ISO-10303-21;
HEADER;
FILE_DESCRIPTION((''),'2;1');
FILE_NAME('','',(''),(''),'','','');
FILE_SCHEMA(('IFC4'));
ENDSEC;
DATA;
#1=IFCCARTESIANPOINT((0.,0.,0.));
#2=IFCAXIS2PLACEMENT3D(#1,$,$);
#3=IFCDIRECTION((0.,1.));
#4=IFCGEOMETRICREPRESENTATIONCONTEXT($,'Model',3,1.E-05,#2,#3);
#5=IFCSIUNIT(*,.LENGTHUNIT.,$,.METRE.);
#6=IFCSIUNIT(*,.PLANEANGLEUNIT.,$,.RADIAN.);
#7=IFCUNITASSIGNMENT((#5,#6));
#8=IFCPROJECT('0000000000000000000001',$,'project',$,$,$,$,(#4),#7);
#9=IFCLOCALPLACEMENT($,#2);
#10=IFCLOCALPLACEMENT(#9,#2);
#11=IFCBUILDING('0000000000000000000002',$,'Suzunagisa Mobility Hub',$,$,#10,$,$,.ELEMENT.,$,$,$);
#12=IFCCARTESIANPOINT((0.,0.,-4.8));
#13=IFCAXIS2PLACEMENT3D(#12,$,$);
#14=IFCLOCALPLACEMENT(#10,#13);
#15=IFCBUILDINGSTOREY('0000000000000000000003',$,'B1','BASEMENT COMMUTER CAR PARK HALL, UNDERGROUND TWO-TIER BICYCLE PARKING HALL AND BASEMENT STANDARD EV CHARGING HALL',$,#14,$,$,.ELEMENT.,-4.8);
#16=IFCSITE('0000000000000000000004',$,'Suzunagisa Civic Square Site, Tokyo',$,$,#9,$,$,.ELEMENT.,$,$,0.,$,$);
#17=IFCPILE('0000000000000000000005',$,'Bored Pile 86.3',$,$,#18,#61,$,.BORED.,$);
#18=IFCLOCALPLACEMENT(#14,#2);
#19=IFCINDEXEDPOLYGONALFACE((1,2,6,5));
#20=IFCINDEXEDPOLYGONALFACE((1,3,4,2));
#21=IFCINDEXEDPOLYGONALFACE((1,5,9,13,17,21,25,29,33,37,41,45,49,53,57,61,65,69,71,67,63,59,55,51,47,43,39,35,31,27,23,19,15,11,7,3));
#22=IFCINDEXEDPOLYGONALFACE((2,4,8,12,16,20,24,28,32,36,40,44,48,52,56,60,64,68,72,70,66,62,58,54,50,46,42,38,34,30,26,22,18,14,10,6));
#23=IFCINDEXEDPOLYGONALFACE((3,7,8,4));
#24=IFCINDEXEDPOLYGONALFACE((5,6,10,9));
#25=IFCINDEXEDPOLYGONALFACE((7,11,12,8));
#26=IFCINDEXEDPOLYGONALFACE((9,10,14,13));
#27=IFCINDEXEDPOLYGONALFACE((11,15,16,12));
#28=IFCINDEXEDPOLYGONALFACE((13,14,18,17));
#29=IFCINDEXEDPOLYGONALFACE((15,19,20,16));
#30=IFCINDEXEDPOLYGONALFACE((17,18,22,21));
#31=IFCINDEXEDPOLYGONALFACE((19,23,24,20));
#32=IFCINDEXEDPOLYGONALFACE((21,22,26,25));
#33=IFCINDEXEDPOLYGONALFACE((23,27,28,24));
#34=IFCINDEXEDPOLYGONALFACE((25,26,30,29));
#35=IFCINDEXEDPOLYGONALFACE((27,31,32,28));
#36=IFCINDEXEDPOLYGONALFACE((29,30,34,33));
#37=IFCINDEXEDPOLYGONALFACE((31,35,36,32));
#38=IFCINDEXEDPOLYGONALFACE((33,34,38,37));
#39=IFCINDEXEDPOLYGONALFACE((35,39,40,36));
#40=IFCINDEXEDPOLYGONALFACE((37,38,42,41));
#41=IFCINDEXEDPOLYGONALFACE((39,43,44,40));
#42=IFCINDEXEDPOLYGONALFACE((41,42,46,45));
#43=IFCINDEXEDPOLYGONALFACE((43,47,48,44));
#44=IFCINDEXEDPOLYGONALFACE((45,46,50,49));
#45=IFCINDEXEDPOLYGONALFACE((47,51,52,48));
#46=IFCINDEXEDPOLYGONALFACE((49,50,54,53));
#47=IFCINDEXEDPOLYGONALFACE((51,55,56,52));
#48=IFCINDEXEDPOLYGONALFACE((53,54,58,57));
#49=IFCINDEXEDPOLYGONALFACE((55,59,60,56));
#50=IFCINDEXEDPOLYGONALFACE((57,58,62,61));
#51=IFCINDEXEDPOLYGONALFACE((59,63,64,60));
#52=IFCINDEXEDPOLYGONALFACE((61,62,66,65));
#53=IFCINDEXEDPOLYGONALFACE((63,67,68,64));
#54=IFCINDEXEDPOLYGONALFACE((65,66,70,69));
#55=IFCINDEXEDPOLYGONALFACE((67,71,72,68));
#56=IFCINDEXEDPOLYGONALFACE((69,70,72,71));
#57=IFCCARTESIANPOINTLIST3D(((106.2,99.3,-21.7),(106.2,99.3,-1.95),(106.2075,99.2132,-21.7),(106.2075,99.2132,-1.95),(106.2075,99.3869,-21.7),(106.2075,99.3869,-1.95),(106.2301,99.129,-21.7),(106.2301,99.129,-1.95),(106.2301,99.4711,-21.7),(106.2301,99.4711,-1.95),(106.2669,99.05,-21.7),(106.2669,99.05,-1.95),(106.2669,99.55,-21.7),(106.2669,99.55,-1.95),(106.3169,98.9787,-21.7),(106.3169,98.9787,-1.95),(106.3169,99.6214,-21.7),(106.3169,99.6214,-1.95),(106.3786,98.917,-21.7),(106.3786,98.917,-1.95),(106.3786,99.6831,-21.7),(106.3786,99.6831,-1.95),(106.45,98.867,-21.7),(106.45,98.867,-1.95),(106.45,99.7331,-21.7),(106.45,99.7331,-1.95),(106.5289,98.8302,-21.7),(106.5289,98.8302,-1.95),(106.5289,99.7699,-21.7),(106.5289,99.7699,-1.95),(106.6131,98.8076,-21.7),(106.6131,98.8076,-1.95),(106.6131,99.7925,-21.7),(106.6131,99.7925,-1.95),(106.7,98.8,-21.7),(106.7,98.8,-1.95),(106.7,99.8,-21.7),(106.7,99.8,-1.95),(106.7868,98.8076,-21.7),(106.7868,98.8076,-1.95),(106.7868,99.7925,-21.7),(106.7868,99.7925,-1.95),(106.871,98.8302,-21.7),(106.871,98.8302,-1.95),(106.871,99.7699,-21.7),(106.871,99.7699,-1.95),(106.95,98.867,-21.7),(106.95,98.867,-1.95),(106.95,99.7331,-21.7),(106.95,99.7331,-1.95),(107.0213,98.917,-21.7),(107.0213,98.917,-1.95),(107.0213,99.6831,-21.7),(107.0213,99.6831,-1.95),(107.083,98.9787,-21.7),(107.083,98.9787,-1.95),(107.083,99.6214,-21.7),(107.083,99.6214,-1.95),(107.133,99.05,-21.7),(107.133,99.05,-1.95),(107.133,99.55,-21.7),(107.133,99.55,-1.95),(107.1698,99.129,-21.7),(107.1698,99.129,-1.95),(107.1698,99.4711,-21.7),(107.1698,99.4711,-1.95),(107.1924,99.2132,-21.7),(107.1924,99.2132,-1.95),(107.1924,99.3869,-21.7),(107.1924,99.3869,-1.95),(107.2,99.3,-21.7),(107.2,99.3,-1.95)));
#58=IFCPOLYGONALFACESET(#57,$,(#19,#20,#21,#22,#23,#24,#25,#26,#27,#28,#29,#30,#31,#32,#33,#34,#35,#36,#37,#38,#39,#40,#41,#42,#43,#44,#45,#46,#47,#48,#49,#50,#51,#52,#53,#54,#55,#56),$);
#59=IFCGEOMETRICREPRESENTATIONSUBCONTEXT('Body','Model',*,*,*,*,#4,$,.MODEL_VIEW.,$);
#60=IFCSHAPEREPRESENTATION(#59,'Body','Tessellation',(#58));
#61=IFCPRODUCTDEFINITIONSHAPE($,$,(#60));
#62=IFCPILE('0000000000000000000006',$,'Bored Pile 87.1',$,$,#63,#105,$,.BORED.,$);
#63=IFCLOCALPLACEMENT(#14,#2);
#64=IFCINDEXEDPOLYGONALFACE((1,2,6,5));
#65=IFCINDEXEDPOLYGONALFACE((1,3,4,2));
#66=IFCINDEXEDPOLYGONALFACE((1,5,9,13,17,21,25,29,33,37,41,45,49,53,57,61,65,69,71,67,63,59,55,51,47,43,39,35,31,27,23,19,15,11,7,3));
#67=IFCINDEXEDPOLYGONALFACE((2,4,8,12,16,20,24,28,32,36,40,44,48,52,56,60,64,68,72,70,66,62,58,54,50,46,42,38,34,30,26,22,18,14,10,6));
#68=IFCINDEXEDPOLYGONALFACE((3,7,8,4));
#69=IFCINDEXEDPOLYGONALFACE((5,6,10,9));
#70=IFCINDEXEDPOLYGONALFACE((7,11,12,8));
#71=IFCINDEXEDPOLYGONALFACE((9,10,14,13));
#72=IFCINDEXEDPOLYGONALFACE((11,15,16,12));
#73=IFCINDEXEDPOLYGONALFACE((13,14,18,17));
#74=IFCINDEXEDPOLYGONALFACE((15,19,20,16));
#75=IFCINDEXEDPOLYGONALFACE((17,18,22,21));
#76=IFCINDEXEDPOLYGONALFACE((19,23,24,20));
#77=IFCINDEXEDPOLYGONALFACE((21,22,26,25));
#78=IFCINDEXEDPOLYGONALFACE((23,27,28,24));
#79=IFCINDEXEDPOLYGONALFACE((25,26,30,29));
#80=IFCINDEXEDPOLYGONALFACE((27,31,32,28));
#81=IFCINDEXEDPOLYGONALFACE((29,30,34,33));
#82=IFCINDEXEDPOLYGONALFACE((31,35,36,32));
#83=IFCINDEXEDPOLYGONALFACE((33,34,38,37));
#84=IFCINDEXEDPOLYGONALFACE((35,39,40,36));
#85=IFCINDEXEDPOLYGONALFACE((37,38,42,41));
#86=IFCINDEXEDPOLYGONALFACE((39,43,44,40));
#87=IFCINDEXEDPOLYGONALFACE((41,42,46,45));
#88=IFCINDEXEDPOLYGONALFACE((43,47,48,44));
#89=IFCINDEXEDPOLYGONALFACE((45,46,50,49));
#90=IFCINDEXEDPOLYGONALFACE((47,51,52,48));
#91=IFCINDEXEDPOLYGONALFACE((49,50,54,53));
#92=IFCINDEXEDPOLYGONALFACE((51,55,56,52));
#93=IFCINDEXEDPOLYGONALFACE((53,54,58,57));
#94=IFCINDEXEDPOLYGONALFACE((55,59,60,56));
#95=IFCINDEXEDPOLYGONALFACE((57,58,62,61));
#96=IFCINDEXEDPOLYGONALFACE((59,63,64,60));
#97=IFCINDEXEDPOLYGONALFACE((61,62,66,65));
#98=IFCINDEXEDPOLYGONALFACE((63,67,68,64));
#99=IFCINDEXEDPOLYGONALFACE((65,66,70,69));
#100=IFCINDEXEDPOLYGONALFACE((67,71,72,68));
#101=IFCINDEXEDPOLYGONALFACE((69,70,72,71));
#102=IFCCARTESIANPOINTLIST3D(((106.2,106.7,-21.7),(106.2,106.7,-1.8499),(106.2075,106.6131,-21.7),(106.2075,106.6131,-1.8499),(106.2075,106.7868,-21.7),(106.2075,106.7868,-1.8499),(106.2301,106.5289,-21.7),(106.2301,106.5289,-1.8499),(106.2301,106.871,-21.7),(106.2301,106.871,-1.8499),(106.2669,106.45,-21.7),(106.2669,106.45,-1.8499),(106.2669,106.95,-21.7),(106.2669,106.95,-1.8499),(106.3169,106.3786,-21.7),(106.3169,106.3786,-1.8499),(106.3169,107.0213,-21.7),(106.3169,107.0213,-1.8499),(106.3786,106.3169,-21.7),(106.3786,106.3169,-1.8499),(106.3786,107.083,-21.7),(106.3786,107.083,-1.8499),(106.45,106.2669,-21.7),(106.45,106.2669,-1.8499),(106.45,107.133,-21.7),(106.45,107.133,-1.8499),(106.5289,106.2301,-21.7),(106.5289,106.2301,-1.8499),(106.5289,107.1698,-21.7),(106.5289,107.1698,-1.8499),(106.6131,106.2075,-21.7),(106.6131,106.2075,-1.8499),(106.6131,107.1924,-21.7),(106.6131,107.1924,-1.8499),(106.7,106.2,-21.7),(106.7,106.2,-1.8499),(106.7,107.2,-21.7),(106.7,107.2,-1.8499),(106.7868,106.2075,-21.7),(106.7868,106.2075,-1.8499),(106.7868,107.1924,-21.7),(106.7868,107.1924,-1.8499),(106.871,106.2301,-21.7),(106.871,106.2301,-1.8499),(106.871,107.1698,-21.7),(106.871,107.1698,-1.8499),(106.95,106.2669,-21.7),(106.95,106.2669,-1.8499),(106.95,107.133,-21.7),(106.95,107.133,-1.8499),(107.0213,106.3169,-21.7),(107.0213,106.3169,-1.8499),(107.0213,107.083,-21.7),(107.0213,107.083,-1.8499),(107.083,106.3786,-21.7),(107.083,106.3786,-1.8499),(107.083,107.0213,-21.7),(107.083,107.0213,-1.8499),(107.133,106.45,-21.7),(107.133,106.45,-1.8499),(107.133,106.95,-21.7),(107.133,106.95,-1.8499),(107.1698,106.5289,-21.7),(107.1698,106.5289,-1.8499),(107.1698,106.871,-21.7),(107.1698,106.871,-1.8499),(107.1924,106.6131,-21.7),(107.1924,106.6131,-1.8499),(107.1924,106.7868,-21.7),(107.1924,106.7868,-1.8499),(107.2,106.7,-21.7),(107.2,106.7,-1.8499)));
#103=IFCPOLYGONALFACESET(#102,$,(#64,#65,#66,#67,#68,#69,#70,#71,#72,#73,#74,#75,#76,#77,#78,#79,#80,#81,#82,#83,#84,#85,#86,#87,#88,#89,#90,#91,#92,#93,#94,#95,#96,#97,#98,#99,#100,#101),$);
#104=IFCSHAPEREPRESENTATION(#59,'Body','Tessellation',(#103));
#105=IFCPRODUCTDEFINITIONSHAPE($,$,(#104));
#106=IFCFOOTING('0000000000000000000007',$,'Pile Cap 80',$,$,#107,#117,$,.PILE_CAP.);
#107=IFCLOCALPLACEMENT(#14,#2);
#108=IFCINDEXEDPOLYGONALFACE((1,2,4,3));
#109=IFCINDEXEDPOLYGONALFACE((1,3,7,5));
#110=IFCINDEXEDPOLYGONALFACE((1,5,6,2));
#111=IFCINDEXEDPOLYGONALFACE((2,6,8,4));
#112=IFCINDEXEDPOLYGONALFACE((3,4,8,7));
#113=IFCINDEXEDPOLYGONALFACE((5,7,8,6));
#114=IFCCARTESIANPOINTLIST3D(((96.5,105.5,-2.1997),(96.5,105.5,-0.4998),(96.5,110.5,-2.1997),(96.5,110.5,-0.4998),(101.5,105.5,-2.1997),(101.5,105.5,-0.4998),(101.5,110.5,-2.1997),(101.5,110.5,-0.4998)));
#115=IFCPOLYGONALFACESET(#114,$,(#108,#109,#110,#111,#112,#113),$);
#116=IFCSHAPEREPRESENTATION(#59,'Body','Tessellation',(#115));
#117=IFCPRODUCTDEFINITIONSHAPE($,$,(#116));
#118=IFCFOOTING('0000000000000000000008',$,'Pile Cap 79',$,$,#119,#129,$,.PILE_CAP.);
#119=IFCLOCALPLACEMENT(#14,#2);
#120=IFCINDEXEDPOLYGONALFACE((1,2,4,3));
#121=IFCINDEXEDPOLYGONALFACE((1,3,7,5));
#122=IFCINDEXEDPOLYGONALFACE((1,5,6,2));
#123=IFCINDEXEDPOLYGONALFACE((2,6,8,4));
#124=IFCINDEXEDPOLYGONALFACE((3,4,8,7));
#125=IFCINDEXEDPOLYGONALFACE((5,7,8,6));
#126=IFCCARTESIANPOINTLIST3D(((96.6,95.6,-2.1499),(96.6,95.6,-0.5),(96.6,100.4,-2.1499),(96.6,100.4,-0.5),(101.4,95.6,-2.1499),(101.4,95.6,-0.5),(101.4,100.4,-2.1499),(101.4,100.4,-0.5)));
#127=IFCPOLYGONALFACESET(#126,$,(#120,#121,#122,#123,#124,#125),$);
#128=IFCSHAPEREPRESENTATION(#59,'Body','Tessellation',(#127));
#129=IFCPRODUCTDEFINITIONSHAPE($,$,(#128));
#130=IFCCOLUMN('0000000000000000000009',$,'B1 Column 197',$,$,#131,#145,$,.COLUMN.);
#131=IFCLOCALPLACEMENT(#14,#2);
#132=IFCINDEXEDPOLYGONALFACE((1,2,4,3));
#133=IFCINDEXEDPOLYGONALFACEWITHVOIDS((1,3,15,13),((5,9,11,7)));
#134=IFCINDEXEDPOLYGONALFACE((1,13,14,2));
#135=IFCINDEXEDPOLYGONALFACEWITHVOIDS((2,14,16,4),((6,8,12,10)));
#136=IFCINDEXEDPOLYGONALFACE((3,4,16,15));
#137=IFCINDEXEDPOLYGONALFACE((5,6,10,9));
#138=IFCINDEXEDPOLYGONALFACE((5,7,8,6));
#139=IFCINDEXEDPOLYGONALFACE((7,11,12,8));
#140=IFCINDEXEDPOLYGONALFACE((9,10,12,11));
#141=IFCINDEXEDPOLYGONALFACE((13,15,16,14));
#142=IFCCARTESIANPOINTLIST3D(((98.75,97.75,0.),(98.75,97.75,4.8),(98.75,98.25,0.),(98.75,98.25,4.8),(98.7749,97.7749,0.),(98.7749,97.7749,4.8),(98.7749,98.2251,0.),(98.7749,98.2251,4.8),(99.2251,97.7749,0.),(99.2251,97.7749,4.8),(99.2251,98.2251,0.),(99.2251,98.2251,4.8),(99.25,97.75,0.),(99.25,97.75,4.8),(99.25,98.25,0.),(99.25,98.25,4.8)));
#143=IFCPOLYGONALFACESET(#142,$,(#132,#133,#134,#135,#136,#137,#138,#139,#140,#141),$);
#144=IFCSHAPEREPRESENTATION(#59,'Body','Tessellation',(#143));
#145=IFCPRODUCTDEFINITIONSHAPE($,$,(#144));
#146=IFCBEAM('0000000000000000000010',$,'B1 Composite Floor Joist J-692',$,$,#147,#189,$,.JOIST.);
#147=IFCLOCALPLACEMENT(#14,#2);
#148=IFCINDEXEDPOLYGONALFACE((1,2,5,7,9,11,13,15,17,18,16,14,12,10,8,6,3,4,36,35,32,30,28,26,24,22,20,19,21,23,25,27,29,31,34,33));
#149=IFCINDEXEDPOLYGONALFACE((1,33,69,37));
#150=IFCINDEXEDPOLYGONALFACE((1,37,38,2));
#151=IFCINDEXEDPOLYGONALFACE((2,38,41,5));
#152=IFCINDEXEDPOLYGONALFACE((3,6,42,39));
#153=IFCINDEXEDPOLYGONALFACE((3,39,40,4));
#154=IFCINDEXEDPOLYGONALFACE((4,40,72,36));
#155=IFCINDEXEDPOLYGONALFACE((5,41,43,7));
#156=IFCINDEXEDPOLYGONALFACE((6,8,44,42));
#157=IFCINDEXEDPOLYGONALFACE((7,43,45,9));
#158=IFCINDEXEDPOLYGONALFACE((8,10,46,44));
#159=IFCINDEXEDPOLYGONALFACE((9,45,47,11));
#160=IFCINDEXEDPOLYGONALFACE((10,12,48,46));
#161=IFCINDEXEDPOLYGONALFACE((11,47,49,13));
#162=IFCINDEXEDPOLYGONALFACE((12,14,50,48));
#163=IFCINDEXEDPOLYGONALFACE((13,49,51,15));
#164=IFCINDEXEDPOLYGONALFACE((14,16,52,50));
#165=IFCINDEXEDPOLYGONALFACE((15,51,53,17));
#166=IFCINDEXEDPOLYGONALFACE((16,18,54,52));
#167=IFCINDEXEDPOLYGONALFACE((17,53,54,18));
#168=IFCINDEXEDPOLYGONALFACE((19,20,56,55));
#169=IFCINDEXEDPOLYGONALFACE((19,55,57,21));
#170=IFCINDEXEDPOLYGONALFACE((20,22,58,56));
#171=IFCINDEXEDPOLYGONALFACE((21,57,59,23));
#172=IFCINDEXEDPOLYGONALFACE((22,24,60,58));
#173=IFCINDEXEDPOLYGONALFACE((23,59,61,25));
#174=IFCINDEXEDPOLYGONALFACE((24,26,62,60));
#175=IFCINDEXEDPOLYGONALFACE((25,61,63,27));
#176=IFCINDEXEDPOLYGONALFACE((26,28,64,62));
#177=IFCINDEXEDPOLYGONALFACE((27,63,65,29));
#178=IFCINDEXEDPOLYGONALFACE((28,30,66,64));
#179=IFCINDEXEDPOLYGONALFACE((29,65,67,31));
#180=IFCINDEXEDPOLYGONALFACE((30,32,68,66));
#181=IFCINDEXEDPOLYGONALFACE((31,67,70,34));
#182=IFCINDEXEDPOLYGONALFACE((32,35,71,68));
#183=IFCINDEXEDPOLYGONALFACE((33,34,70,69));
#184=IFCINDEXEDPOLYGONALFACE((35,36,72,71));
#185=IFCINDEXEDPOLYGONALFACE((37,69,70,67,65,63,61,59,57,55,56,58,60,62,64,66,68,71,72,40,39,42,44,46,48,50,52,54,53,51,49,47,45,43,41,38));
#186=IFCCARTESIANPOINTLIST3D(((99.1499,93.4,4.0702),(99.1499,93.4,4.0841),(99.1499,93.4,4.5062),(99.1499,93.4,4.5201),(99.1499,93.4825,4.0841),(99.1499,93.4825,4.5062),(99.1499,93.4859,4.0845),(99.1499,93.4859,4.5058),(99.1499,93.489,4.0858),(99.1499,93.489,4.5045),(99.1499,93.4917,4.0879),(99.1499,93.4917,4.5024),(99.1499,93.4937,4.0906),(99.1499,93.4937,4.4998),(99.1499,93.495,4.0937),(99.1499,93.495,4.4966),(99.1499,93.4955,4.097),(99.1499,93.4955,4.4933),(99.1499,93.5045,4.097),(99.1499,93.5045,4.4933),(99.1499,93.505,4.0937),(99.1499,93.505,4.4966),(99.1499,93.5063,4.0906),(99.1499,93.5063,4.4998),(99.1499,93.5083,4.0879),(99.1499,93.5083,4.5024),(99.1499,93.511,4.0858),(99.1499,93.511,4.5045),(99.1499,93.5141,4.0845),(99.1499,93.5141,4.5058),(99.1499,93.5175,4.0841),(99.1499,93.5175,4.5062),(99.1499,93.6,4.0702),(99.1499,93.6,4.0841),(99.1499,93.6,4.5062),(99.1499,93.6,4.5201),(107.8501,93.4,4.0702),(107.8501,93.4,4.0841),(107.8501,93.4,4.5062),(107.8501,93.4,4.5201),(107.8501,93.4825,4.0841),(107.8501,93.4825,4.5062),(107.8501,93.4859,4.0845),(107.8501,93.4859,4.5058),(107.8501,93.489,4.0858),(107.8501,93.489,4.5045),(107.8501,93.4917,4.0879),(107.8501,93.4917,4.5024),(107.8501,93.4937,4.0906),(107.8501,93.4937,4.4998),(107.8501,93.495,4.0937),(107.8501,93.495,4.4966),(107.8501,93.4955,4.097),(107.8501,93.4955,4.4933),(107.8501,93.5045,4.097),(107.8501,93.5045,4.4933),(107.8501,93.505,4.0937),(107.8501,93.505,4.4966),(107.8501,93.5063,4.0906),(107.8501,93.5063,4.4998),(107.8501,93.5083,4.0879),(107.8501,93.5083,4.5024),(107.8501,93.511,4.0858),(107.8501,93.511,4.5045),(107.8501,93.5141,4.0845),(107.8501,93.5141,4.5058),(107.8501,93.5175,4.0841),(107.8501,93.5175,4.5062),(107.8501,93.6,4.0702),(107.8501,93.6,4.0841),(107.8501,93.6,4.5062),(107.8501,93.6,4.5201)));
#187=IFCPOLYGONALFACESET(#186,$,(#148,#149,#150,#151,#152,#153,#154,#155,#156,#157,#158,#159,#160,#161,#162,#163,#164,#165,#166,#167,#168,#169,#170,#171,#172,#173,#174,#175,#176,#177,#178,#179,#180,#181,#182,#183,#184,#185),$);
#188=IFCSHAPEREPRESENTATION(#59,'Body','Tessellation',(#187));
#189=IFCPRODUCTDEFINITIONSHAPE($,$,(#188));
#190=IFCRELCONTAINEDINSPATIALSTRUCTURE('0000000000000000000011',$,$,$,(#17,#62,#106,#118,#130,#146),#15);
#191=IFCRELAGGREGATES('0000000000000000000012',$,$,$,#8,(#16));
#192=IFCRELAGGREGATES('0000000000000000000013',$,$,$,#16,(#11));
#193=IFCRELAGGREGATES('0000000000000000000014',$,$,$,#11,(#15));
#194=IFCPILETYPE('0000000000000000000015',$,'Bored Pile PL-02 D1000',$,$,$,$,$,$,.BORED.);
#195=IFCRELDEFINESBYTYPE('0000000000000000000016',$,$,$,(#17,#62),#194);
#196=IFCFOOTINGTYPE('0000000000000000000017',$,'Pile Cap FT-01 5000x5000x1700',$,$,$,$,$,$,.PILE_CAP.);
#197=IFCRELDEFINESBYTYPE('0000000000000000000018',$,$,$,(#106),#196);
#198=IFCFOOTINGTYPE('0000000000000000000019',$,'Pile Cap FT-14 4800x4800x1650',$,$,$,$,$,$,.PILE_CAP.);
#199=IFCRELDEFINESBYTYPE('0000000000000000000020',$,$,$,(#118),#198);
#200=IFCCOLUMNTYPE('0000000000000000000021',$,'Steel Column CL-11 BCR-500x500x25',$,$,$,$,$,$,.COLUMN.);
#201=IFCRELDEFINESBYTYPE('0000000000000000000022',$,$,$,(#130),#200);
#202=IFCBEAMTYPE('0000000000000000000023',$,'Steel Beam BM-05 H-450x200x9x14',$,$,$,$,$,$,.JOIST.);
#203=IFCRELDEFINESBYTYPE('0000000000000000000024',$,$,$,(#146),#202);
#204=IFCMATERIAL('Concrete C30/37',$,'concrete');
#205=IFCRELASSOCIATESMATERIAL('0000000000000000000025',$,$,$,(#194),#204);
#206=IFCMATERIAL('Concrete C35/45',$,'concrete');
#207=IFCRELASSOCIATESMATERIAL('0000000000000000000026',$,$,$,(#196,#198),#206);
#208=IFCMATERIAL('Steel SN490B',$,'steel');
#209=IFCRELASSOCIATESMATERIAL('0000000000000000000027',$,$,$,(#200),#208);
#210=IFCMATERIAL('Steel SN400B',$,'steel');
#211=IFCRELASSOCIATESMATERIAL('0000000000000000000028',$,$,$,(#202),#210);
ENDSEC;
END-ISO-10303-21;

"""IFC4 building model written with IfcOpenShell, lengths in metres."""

from ifc_helpers import new_model, si_unit, direction, frame, origin, origin_2d, place, context, subcontext, project, spatial, rectangle, hollow_rectangle, circle, i_section, extrude, material, material_profile, profile_set, type_object, element, save


model = new_model("IFC4")

# Units and contexts
model_context = context("Model", 3, precision=1e-05, world=origin(), true_north=direction((0.0, 1.0)))
body_context = subcontext(model_context, "Body", "Model", "MODEL_VIEW")
ifc_project = project(units=[si_unit("LENGTHUNIT", "METRE"), si_unit("PLANEANGLEUNIT", "RADIAN")], contexts=[model_context])

# Site, building, storey
site_placement = place(None, origin())
site = spatial("IfcSite", under=ifc_project, at=site_placement, Name="Suzunagisa Civic Square Site, Tokyo", CompositionType="ELEMENT", RefElevation=0.0)
building_placement = place(site_placement, origin())
building = spatial("IfcBuilding", under=site, at=building_placement, Name="Suzunagisa Mobility Hub", CompositionType="ELEMENT")
storey_placement = place(building_placement, frame((0.0, 0.0, -4.8)))
storey = spatial("IfcBuildingStorey", under=building, at=storey_placement, Name="B1", Description="BASEMENT COMMUTER CAR PARK HALL, UNDERGROUND TWO-TIER BICYCLE PARKING HALL AND BASEMENT STANDARD EV CHARGING HALL", CompositionType="ELEMENT", Elevation=-4.8)

# Piles
ifc_material_1 = material(Name="Concrete C30/37", Category="concrete")
ifc_material_profile_1 = material_profile(ifc_material_1, circle(Radius=0.5, at=origin_2d()), Name="BORED PILE D1000")
ifc_profile_set_1 = profile_set([ifc_material_profile_1], Name="Concrete C30/37")
pile_type_1 = type_object("IfcPileType", Name="Bored Pile PL-02 D1000", PredefinedType="BORED", material=ifc_profile_set_1)
for number, where, z_axis, x_axis, name in (
    (1, (106.7, 99.3, -1.95), (0.0, 0.0, -1.0), (1.0, 0.0, 0.0), "Bored Pile 86.3"),
):
    element("IfcPile", number, at=place(storey_placement, frame(where, z_axis=z_axis, x_axis=x_axis)), inside=storey, type_object=pile_type_1, Name=name, PredefinedType="BORED", context=body_context, shape_type="SweptSolid", body=[
        extrude(circle(Radius=0.5, at=origin_2d()), origin(), (0.0, 0.0, 1.0), 19.75),
    ])
pile_1_placement = place(storey_placement, frame((106.7, 106.7, -1.8499), z_axis=(0.0, 0.0, -1.0), x_axis=(1.0, 0.0, 0.0)))
element("IfcPile", 2, at=pile_1_placement, inside=storey, type_object=pile_type_1, Name="Bored Pile 87.1", PredefinedType="BORED", context=body_context, shape_type="SweptSolid", body=[
    extrude(circle(Radius=0.5, at=origin_2d()), origin(), (0.0, 0.0, 1.0), 19.8501),
])

# Footings
ifc_material_2 = material(Name="Concrete C35/45", Category="concrete")
footing_type_1 = type_object("IfcFootingType", Name="Pile Cap FT-01 5000x5000x1700", PredefinedType="PILE_CAP", material=ifc_material_2)
footing_1_placement = place(storey_placement, frame((99.0, 108.0, -2.1997), z_axis=(0.0, 0.0, 1.0), x_axis=(1.0, 0.0, 0.0)))
element("IfcFooting", 3, at=footing_1_placement, inside=storey, type_object=footing_type_1, Name="Pile Cap 80", PredefinedType="PILE_CAP", context=body_context, shape_type="SweptSolid", body=[
    extrude(rectangle(XDim=5.0, YDim=5.0, at=origin_2d()), origin(), (0.0, 0.0, 1.0), 1.7),
])
footing_type_2 = type_object("IfcFootingType", Name="Pile Cap FT-14 4800x4800x1650", PredefinedType="PILE_CAP", material=ifc_material_2)
footing_2_placement = place(storey_placement, frame((99.0, 98.0, -2.1499), z_axis=(0.0, 0.0, 1.0), x_axis=(1.0, 0.0, 0.0)))
element("IfcFooting", 4, at=footing_2_placement, inside=storey, type_object=footing_type_2, Name="Pile Cap 79", PredefinedType="PILE_CAP", context=body_context, shape_type="SweptSolid", body=[
    extrude(rectangle(XDim=4.8, YDim=4.8, at=origin_2d()), origin(), (0.0, 0.0, 1.0), 1.6499),
])

# Column
ifc_material_3 = material(Name="Steel SN490B", Category="steel")
ifc_material_profile_2 = material_profile(ifc_material_3, hollow_rectangle(XDim=0.5, YDim=0.5, WallThickness=0.0249, at=origin_2d()), Name="BCR-500x500x25")
ifc_profile_set_2 = profile_set([ifc_material_profile_2], Name="Steel SN490B")
column_type = type_object("IfcColumnType", Name="Steel Column CL-11 BCR-500x500x25", PredefinedType="COLUMN", material=ifc_profile_set_2)
column_placement = place(storey_placement, frame((99.0, 98.0, 0.0), z_axis=(0.0, 0.0, 1.0), x_axis=(1.0, 0.0, 0.0)))
element("IfcColumn", 5, at=column_placement, inside=storey, type_object=column_type, Name="B1 Column 197", PredefinedType="COLUMN", context=body_context, shape_type="SweptSolid", body=[
    extrude(hollow_rectangle(XDim=0.5, YDim=0.5, WallThickness=0.0249, at=origin_2d()), origin(), (0.0, 0.0, 1.0), 4.8),
])

# Beam
ifc_material_4 = material(Name="Steel SN400B", Category="steel")
ifc_material_profile_3 = material_profile(ifc_material_4, i_section(OverallWidth=0.2, OverallDepth=0.45, WebThickness=0.009, FlangeThickness=0.0139, FilletRadius=0.0129, at=origin_2d()), Name="H-450x200x9x14")
ifc_profile_set_3 = profile_set([ifc_material_profile_3], Name="Steel SN400B")
beam_type_1 = type_object("IfcBeamType", Name="Steel Beam BM-05 H-450x200x9x14", PredefinedType="JOIST", material=ifc_profile_set_3)
for number, where, z_axis, x_axis, name in (
    (6, (99.1499, 93.5, 4.2952), (1.0, 0.0, 0.0), (0.0, 1.0, 0.0), "B1 Composite Floor Joist J-692"),
):
    element("IfcBeam", number, at=place(storey_placement, frame(where, z_axis=z_axis, x_axis=x_axis)), inside=storey, type_object=beam_type_1, Name=name, PredefinedType="JOIST", context=body_context, shape_type="SweptSolid", body=[
        extrude(i_section(OverallWidth=0.2, OverallDepth=0.45, WebThickness=0.009, FlangeThickness=0.0139, FilletRadius=0.0129, at=origin_2d()), origin(), (0.0, 0.0, 1.0), 8.7002),
    ])

save(model, "model.ifc")
